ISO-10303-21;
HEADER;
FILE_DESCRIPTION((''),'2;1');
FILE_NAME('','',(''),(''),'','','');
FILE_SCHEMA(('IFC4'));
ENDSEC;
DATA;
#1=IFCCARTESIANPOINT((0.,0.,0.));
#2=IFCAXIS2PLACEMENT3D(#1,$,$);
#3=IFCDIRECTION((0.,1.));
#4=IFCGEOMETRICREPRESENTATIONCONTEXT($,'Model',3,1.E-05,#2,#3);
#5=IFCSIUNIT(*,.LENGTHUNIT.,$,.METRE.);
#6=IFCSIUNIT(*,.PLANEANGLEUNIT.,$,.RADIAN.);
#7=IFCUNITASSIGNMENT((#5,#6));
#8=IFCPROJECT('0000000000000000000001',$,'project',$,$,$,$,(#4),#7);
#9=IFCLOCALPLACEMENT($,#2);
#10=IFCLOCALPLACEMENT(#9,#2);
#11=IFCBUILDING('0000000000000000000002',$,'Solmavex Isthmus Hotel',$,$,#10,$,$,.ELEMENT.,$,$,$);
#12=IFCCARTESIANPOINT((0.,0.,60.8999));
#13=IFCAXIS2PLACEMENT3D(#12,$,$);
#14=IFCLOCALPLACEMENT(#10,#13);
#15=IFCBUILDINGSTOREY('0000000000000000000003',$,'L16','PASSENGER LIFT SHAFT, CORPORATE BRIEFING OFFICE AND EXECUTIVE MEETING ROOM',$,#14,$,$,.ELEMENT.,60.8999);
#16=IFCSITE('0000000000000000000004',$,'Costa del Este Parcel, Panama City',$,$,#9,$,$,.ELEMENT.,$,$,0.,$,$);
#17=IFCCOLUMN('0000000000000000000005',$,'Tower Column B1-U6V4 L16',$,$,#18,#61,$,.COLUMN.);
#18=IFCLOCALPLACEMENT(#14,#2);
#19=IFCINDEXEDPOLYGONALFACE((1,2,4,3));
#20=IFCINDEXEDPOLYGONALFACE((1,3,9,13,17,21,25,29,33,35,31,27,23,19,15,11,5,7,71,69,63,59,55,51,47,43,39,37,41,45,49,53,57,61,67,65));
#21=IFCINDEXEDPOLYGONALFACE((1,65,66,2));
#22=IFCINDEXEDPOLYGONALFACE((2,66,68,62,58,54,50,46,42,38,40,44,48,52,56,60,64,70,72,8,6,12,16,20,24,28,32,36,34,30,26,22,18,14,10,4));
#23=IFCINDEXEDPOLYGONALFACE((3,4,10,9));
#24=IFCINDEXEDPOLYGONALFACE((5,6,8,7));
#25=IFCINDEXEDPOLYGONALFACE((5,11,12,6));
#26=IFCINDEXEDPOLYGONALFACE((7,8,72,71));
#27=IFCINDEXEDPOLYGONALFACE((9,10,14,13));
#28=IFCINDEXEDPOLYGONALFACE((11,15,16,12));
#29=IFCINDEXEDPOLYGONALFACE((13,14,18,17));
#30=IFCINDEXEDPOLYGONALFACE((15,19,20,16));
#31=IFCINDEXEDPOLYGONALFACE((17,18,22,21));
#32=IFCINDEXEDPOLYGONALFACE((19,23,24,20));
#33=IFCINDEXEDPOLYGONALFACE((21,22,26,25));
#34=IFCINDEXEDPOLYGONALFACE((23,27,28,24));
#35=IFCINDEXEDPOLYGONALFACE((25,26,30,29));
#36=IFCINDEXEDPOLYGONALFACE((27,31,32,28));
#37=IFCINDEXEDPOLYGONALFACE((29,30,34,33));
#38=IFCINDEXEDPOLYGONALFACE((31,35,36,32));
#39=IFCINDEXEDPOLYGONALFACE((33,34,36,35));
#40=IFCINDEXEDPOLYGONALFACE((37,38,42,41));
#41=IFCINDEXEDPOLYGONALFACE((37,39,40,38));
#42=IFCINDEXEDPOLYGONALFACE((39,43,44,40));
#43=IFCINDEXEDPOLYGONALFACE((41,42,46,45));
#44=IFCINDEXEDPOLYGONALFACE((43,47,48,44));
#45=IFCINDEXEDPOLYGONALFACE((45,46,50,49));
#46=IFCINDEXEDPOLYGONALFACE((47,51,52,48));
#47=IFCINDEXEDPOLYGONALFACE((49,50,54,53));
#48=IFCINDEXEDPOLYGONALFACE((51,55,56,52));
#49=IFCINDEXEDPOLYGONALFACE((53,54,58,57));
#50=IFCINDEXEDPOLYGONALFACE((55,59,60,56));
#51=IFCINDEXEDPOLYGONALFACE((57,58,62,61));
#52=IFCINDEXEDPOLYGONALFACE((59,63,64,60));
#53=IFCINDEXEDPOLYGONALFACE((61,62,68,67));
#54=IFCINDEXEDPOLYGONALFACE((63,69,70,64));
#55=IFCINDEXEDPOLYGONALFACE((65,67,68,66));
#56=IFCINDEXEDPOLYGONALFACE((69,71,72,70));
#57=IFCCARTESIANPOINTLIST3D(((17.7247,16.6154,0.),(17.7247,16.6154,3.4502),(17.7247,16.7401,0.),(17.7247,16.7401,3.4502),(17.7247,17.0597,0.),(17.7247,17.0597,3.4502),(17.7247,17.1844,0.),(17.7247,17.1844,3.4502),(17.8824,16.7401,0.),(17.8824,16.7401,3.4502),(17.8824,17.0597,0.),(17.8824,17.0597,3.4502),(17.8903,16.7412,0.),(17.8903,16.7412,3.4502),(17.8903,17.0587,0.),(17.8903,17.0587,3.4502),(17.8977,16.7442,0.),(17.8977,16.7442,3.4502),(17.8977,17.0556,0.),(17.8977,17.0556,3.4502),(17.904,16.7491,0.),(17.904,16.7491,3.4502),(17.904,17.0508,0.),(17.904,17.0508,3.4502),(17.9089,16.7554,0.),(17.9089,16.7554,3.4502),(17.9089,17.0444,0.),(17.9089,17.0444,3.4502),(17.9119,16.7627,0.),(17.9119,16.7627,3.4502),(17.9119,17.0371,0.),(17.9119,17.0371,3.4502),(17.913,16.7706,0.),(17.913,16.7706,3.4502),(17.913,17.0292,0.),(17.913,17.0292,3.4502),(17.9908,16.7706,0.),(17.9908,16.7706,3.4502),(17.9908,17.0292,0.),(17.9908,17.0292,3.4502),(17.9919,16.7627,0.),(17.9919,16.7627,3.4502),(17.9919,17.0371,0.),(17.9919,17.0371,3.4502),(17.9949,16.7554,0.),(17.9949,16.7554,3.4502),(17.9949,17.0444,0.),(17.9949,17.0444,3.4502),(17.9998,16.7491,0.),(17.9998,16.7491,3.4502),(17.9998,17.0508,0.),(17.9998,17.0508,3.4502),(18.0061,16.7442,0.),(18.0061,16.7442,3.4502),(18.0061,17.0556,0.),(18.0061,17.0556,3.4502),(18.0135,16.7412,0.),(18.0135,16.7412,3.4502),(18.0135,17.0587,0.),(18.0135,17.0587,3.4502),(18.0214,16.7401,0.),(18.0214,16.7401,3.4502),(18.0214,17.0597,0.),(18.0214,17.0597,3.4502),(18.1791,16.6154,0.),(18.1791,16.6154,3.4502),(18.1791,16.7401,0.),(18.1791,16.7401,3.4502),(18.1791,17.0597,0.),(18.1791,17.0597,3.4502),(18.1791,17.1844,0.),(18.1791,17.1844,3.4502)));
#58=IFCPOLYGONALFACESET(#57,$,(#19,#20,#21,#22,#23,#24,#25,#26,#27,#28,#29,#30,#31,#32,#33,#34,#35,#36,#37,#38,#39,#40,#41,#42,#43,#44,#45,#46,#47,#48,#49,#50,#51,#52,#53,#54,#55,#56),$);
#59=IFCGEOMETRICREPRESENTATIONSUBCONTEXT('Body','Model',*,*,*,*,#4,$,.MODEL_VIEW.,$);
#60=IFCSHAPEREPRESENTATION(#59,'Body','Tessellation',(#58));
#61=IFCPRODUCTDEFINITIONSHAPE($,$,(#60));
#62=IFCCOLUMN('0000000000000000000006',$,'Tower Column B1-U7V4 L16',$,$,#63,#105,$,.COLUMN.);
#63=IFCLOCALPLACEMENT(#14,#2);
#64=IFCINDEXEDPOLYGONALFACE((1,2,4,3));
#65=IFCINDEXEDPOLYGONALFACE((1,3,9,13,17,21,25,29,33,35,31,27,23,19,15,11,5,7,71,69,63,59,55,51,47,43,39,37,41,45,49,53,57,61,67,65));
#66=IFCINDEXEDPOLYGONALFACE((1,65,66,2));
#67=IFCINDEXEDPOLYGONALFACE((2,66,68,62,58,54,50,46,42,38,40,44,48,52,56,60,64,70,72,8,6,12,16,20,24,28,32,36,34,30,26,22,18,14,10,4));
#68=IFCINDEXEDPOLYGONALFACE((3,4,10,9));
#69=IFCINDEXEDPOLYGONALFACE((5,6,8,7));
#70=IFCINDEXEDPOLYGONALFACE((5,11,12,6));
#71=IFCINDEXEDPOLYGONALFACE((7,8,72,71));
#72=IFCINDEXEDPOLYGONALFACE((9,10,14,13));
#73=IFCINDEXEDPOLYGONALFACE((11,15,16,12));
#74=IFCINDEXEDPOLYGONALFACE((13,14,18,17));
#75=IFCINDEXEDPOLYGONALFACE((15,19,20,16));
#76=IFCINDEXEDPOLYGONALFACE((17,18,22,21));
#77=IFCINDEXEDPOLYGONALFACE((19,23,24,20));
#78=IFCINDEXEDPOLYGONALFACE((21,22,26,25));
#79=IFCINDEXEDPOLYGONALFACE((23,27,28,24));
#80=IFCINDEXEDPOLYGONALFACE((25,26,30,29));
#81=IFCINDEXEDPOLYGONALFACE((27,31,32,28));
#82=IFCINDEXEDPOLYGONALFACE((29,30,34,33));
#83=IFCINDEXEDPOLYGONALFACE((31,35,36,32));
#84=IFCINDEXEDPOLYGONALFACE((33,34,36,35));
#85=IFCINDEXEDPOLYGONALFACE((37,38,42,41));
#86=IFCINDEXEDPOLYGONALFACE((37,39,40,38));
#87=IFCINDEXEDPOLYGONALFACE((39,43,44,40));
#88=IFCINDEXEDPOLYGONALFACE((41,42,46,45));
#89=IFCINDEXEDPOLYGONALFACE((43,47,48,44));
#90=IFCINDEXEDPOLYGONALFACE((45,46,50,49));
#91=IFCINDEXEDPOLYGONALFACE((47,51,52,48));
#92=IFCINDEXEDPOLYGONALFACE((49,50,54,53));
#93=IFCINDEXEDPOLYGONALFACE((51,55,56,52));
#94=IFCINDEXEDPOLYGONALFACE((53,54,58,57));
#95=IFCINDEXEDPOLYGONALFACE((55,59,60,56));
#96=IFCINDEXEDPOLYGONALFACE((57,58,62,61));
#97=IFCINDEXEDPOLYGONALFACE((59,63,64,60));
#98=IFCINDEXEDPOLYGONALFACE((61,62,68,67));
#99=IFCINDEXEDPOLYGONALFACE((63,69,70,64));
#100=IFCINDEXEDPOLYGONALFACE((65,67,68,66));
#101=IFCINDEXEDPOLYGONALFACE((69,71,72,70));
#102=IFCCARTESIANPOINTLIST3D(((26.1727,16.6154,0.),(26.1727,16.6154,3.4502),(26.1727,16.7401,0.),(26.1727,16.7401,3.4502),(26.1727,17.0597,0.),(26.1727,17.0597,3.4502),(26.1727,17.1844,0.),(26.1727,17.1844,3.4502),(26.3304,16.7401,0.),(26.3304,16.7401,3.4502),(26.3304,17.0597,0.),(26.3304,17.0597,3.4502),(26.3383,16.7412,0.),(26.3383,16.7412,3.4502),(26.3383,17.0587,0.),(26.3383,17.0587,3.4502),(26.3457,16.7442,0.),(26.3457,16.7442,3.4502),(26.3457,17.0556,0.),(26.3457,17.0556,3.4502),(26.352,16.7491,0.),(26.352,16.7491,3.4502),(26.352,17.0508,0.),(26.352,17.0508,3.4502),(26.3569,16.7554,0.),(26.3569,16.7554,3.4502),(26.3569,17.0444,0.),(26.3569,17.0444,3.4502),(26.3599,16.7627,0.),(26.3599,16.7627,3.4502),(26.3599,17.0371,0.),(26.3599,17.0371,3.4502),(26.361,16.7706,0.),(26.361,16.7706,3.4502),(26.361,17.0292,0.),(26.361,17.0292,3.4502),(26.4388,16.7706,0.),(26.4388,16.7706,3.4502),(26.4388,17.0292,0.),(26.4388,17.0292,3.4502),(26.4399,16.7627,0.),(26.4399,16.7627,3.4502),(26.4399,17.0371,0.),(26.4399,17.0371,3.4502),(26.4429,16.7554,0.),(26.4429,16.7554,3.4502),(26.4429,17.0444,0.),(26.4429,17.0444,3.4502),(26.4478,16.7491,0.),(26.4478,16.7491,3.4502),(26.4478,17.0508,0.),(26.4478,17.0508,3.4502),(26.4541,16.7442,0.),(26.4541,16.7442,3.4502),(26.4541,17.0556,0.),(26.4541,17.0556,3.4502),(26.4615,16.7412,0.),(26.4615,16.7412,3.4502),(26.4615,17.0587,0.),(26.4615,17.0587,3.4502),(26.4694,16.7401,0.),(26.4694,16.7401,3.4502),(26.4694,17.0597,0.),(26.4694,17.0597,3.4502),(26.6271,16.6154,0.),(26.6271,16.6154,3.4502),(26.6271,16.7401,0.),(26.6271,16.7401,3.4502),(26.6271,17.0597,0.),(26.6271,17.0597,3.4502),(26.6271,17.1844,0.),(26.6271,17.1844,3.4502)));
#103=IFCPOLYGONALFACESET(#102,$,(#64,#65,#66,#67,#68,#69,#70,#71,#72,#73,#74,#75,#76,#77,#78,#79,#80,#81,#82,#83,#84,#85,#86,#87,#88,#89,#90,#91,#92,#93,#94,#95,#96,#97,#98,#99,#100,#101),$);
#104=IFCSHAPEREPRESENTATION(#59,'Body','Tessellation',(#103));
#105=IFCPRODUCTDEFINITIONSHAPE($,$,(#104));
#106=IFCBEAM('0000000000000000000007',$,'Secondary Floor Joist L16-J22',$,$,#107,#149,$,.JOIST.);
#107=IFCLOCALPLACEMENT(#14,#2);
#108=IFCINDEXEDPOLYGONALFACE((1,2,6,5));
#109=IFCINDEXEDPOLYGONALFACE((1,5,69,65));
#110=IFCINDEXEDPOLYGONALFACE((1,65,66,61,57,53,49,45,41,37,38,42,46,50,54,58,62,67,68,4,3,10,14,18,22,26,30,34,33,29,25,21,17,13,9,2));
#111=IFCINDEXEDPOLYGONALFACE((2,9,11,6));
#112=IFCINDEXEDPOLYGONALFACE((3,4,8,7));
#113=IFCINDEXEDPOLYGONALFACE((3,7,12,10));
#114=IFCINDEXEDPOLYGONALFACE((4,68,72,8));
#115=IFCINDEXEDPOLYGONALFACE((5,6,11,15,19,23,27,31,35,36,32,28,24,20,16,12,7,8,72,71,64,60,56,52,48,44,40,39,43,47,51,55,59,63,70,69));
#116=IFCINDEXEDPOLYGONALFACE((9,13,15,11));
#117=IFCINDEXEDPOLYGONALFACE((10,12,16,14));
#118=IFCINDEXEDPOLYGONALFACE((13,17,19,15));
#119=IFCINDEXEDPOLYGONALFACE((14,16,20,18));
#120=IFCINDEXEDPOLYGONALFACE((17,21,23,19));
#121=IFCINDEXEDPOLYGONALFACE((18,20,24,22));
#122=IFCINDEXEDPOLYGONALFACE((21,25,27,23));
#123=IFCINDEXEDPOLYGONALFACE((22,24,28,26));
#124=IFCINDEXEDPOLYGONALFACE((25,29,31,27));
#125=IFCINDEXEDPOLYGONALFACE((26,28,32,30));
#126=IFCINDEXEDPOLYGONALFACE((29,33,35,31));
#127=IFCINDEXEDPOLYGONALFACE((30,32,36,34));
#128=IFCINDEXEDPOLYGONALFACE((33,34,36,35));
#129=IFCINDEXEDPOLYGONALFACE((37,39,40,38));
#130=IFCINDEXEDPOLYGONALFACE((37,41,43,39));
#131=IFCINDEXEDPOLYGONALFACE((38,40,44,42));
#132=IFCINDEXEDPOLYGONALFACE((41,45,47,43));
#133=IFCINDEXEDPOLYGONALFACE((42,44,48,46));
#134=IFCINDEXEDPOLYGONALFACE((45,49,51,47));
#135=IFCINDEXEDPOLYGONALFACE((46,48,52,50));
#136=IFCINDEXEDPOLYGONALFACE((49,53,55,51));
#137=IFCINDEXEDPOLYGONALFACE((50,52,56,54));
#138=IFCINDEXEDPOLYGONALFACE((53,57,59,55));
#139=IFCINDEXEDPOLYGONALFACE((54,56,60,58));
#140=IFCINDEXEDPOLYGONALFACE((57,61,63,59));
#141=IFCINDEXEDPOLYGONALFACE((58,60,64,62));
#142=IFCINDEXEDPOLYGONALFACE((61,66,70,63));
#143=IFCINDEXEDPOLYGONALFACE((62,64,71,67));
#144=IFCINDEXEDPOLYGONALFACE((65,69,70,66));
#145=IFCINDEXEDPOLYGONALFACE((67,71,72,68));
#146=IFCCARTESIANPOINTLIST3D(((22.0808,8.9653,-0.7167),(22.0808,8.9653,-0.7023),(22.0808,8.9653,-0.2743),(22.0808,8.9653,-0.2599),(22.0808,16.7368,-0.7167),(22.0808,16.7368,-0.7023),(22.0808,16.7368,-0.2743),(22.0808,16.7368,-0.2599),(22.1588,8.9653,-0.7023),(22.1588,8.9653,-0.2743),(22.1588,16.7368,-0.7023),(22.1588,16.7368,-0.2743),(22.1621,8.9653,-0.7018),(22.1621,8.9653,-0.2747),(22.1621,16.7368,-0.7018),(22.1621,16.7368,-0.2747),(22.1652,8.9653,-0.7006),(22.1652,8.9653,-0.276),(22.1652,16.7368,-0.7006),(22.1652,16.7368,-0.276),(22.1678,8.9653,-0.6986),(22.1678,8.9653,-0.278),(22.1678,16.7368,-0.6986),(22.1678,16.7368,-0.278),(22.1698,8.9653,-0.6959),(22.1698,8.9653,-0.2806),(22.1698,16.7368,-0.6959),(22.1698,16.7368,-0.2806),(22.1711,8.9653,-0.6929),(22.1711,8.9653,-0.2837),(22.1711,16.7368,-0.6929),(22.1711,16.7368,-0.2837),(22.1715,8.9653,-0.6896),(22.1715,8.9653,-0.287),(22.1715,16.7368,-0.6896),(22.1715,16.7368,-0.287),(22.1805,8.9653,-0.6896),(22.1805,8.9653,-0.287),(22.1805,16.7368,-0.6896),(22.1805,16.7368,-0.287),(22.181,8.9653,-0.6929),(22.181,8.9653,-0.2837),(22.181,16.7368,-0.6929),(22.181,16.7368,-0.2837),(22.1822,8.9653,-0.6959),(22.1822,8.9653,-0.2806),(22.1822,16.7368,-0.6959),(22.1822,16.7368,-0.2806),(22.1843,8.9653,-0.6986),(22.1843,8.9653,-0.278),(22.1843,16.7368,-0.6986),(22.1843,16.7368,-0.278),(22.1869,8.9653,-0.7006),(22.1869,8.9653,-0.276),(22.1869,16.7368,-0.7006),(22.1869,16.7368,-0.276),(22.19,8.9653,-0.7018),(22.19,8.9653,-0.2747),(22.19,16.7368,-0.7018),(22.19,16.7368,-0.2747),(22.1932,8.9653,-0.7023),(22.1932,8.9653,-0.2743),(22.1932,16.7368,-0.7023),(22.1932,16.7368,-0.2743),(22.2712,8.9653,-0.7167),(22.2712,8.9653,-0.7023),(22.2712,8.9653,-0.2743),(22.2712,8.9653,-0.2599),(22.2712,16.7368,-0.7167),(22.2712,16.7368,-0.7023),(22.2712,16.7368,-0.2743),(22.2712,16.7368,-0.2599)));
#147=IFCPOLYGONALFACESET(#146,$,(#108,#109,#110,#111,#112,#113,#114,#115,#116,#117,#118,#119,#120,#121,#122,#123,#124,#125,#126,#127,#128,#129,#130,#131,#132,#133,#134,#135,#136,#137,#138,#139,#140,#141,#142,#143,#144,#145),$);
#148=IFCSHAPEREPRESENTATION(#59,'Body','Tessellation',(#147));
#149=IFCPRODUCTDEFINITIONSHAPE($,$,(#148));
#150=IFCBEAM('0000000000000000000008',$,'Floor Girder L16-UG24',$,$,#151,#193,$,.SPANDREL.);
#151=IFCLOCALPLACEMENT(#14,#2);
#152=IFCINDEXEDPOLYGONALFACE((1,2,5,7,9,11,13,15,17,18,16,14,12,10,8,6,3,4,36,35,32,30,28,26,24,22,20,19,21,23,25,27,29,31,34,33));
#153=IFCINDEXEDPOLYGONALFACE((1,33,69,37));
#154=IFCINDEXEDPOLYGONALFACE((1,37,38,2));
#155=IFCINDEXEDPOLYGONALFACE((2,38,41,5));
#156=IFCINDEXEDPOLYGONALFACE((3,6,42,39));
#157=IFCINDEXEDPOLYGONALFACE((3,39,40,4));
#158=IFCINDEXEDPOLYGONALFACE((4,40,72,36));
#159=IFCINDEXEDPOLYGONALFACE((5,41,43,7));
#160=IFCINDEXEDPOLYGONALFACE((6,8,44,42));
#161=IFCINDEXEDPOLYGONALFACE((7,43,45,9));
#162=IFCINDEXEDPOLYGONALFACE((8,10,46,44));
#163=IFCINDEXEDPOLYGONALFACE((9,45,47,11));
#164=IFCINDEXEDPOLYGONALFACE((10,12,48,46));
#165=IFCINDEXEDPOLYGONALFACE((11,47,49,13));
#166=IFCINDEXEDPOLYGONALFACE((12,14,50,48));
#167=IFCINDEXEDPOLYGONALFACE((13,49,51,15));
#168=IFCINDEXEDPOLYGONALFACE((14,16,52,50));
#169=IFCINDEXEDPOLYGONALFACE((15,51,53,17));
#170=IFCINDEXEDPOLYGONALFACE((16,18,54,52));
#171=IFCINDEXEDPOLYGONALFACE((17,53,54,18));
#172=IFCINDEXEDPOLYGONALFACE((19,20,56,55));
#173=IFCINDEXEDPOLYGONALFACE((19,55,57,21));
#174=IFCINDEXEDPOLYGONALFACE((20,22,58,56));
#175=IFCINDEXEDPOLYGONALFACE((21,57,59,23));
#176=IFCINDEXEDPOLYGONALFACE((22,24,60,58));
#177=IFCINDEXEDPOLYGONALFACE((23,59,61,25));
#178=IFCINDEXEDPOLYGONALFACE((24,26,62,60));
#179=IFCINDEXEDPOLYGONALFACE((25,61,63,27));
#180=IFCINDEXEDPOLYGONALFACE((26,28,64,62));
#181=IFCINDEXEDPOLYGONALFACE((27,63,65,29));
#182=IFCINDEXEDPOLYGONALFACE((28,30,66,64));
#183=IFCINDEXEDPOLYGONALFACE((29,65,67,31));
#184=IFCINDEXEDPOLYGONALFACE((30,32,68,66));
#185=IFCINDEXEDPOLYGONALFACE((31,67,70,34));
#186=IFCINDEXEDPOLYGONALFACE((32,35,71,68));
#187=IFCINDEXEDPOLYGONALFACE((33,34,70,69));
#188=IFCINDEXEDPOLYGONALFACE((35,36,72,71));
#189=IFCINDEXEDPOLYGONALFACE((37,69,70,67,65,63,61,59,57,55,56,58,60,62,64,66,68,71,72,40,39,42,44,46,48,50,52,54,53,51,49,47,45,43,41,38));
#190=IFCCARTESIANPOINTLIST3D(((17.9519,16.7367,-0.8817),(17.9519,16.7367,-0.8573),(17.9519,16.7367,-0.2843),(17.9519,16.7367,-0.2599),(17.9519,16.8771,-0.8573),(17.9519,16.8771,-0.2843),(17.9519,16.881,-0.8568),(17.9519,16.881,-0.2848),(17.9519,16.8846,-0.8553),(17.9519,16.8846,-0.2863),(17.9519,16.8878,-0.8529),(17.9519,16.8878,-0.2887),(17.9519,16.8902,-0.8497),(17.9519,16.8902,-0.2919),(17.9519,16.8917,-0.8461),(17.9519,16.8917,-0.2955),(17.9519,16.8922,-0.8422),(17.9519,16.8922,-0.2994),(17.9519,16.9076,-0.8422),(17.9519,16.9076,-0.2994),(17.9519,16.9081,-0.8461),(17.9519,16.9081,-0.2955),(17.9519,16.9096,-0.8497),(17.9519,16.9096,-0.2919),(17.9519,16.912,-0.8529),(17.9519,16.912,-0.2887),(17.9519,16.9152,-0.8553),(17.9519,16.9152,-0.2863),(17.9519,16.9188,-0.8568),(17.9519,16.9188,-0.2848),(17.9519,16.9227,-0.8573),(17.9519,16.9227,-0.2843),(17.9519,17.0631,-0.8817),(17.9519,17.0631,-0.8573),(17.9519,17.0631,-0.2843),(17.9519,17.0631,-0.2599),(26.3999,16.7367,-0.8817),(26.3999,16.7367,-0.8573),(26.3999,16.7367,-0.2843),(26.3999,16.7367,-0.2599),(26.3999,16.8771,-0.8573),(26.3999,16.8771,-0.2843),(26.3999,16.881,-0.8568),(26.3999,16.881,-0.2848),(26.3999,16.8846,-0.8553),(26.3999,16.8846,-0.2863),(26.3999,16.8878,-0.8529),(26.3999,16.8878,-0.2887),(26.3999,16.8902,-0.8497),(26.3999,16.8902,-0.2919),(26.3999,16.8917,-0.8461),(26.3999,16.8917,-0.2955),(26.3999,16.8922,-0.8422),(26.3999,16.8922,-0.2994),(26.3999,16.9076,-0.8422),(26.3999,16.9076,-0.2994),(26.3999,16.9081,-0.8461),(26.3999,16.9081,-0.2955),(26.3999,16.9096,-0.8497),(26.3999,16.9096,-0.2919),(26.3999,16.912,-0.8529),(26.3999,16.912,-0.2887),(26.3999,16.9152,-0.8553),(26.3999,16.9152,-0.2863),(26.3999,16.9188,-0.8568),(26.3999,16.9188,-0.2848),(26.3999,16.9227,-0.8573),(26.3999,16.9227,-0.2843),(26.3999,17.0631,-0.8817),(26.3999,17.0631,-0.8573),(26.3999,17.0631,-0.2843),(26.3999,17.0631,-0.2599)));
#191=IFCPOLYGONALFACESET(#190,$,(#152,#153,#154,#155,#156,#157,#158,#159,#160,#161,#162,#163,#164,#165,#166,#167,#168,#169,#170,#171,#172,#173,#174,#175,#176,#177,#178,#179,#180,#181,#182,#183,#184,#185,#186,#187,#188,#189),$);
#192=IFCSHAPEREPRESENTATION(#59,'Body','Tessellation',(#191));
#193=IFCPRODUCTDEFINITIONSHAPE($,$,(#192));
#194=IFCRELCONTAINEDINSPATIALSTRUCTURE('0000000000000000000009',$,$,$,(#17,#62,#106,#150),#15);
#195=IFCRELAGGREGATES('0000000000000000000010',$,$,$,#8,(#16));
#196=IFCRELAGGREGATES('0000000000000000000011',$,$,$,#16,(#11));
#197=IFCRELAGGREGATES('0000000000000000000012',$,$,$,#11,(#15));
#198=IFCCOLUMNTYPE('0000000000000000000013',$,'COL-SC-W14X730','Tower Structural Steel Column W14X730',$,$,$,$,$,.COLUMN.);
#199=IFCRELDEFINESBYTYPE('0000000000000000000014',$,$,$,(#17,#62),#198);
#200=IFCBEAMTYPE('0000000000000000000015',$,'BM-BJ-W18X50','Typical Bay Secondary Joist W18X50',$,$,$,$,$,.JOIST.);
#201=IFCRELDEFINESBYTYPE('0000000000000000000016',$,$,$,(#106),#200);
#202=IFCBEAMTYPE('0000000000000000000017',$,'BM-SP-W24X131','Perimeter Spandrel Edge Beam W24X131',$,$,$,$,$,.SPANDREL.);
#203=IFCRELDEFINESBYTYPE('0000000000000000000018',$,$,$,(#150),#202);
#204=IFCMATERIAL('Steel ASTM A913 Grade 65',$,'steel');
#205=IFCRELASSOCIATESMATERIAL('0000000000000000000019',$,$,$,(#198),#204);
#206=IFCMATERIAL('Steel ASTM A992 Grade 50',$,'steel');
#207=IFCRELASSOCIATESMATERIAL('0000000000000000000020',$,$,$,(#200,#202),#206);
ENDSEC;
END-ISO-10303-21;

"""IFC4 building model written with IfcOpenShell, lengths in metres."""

from ifc_helpers import new_model, si_unit, direction, frame, origin, origin_2d, place, context, subcontext, project, spatial, i_section, extrude, material, material_profile, profile_set, type_object, element, save


model = new_model("IFC4")

# Units and contexts
model_context = context("Model", 3, precision=1e-05, world=origin(), true_north=direction((0.0, 1.0)))
body_context = subcontext(model_context, "Body", "Model", "MODEL_VIEW")
ifc_project = project(units=[si_unit("LENGTHUNIT", "METRE"), si_unit("PLANEANGLEUNIT", "RADIAN")], contexts=[model_context])

# Site, building, storey
site_placement = place(None, origin())
site = spatial("IfcSite", under=ifc_project, at=site_placement, Name="Costa del Este Parcel, Panama City", CompositionType="ELEMENT", RefElevation=0.0)
building_placement = place(site_placement, origin())
building = spatial("IfcBuilding", under=site, at=building_placement, Name="Solmavex Isthmus Hotel", CompositionType="ELEMENT")
storey_placement = place(building_placement, frame((0.0, 0.0, 60.8999)))
storey = spatial("IfcBuildingStorey", under=building, at=storey_placement, Name="L16", Description="PASSENGER LIFT SHAFT, CORPORATE BRIEFING OFFICE AND EXECUTIVE MEETING ROOM", CompositionType="ELEMENT", Elevation=60.8999)

# Columns
ifc_material_1 = material(Name="Steel ASTM A913 Grade 65", Category="steel")
ifc_material_profile_1 = material_profile(ifc_material_1, i_section(OverallWidth=0.4543, OverallDepth=0.5691, WebThickness=0.0779, FlangeThickness=0.1248, FilletRadius=0.0305, at=origin_2d()), Name="W14X730")
ifc_profile_set_1 = profile_set([ifc_material_profile_1], Name="Steel ASTM A913 Grade 65")
column_type = type_object("IfcColumnType", Name="COL-SC-W14X730", Description="Tower Structural Steel Column W14X730", PredefinedType="COLUMN", material=ifc_profile_set_1)
for number, where, z_axis, x_axis, name in (
    (1, (17.9519, 16.8999, 0.0), (0.0, 0.0, 1.0), (1.0, 0.0, 0.0), "Tower Column B1-U6V4 L16"),
    (2, (26.3999, 16.8999, 0.0), (0.0, 0.0, 1.0), (1.0, 0.0, 0.0), "Tower Column B1-U7V4 L16"),
):
    element("IfcColumn", number, at=place(storey_placement, frame(where, z_axis=z_axis, x_axis=x_axis)), inside=storey, type_object=column_type, Name=name, PredefinedType="COLUMN", context=body_context, shape_type="SweptSolid", body=[
        extrude(i_section(OverallWidth=0.4543, OverallDepth=0.5691, WebThickness=0.0779, FlangeThickness=0.1248, FilletRadius=0.0305, at=origin_2d()), origin(), (0.0, 0.0, 1.0), 3.4502),
    ])

# Beams
ifc_material_2 = material(Name="Steel ASTM A992 Grade 50", Category="steel")
ifc_material_profile_2 = material_profile(ifc_material_2, i_section(OverallWidth=0.1904, OverallDepth=0.4568, WebThickness=0.009, FlangeThickness=0.0144, FilletRadius=0.0127, at=origin_2d()), Name="W18X50")
ifc_profile_set_2 = profile_set([ifc_material_profile_2], Name="Steel ASTM A992 Grade 50")
beam_type_1 = type_object("IfcBeamType", Name="BM-BJ-W18X50", Description="Typical Bay Secondary Joist W18X50", PredefinedType="JOIST", material=ifc_profile_set_2)
beam_1_placement = place(storey_placement, frame((22.176, 8.9653, -0.4883), z_axis=(0.0, 1.0, 0.0), x_axis=(-1.0, 0.0, 0.0)))
element("IfcBeam", 3, at=beam_1_placement, inside=storey, type_object=beam_type_1, Name="Secondary Floor Joist L16-J22", PredefinedType="JOIST", context=body_context, shape_type="SweptSolid", body=[
    extrude(i_section(OverallWidth=0.1904, OverallDepth=0.4568, WebThickness=0.009, FlangeThickness=0.0144, FilletRadius=0.0127, at=origin_2d()), origin(), (0.0, 0.0, 1.0), 7.7715),
])
ifc_material_profile_3 = material_profile(ifc_material_2, i_section(OverallWidth=0.3264, OverallDepth=0.6218, WebThickness=0.0154, FlangeThickness=0.0244, FilletRadius=0.0151, at=origin_2d()), Name="W24X131")
ifc_profile_set_3 = profile_set([ifc_material_profile_3], Name="Steel ASTM A992 Grade 50")
beam_type_2 = type_object("IfcBeamType", Name="BM-SP-W24X131", Description="Perimeter Spandrel Edge Beam W24X131", PredefinedType="SPANDREL", material=ifc_profile_set_3)
beam_2_placement = place(storey_placement, frame((17.9519, 16.8999, -0.5708), z_axis=(1.0, 0.0, 0.0), x_axis=(0.0, 1.0, 0.0)))
element("IfcBeam", 4, at=beam_2_placement, inside=storey, type_object=beam_type_2, Name="Floor Girder L16-UG24", PredefinedType="SPANDREL", context=body_context, shape_type="SweptSolid", body=[
    extrude(i_section(OverallWidth=0.3264, OverallDepth=0.6218, WebThickness=0.0154, FlangeThickness=0.0244, FilletRadius=0.0151, at=origin_2d()), origin(), (0.0, 0.0, 1.0), 8.448),
])

save(model, "model.ifc")
